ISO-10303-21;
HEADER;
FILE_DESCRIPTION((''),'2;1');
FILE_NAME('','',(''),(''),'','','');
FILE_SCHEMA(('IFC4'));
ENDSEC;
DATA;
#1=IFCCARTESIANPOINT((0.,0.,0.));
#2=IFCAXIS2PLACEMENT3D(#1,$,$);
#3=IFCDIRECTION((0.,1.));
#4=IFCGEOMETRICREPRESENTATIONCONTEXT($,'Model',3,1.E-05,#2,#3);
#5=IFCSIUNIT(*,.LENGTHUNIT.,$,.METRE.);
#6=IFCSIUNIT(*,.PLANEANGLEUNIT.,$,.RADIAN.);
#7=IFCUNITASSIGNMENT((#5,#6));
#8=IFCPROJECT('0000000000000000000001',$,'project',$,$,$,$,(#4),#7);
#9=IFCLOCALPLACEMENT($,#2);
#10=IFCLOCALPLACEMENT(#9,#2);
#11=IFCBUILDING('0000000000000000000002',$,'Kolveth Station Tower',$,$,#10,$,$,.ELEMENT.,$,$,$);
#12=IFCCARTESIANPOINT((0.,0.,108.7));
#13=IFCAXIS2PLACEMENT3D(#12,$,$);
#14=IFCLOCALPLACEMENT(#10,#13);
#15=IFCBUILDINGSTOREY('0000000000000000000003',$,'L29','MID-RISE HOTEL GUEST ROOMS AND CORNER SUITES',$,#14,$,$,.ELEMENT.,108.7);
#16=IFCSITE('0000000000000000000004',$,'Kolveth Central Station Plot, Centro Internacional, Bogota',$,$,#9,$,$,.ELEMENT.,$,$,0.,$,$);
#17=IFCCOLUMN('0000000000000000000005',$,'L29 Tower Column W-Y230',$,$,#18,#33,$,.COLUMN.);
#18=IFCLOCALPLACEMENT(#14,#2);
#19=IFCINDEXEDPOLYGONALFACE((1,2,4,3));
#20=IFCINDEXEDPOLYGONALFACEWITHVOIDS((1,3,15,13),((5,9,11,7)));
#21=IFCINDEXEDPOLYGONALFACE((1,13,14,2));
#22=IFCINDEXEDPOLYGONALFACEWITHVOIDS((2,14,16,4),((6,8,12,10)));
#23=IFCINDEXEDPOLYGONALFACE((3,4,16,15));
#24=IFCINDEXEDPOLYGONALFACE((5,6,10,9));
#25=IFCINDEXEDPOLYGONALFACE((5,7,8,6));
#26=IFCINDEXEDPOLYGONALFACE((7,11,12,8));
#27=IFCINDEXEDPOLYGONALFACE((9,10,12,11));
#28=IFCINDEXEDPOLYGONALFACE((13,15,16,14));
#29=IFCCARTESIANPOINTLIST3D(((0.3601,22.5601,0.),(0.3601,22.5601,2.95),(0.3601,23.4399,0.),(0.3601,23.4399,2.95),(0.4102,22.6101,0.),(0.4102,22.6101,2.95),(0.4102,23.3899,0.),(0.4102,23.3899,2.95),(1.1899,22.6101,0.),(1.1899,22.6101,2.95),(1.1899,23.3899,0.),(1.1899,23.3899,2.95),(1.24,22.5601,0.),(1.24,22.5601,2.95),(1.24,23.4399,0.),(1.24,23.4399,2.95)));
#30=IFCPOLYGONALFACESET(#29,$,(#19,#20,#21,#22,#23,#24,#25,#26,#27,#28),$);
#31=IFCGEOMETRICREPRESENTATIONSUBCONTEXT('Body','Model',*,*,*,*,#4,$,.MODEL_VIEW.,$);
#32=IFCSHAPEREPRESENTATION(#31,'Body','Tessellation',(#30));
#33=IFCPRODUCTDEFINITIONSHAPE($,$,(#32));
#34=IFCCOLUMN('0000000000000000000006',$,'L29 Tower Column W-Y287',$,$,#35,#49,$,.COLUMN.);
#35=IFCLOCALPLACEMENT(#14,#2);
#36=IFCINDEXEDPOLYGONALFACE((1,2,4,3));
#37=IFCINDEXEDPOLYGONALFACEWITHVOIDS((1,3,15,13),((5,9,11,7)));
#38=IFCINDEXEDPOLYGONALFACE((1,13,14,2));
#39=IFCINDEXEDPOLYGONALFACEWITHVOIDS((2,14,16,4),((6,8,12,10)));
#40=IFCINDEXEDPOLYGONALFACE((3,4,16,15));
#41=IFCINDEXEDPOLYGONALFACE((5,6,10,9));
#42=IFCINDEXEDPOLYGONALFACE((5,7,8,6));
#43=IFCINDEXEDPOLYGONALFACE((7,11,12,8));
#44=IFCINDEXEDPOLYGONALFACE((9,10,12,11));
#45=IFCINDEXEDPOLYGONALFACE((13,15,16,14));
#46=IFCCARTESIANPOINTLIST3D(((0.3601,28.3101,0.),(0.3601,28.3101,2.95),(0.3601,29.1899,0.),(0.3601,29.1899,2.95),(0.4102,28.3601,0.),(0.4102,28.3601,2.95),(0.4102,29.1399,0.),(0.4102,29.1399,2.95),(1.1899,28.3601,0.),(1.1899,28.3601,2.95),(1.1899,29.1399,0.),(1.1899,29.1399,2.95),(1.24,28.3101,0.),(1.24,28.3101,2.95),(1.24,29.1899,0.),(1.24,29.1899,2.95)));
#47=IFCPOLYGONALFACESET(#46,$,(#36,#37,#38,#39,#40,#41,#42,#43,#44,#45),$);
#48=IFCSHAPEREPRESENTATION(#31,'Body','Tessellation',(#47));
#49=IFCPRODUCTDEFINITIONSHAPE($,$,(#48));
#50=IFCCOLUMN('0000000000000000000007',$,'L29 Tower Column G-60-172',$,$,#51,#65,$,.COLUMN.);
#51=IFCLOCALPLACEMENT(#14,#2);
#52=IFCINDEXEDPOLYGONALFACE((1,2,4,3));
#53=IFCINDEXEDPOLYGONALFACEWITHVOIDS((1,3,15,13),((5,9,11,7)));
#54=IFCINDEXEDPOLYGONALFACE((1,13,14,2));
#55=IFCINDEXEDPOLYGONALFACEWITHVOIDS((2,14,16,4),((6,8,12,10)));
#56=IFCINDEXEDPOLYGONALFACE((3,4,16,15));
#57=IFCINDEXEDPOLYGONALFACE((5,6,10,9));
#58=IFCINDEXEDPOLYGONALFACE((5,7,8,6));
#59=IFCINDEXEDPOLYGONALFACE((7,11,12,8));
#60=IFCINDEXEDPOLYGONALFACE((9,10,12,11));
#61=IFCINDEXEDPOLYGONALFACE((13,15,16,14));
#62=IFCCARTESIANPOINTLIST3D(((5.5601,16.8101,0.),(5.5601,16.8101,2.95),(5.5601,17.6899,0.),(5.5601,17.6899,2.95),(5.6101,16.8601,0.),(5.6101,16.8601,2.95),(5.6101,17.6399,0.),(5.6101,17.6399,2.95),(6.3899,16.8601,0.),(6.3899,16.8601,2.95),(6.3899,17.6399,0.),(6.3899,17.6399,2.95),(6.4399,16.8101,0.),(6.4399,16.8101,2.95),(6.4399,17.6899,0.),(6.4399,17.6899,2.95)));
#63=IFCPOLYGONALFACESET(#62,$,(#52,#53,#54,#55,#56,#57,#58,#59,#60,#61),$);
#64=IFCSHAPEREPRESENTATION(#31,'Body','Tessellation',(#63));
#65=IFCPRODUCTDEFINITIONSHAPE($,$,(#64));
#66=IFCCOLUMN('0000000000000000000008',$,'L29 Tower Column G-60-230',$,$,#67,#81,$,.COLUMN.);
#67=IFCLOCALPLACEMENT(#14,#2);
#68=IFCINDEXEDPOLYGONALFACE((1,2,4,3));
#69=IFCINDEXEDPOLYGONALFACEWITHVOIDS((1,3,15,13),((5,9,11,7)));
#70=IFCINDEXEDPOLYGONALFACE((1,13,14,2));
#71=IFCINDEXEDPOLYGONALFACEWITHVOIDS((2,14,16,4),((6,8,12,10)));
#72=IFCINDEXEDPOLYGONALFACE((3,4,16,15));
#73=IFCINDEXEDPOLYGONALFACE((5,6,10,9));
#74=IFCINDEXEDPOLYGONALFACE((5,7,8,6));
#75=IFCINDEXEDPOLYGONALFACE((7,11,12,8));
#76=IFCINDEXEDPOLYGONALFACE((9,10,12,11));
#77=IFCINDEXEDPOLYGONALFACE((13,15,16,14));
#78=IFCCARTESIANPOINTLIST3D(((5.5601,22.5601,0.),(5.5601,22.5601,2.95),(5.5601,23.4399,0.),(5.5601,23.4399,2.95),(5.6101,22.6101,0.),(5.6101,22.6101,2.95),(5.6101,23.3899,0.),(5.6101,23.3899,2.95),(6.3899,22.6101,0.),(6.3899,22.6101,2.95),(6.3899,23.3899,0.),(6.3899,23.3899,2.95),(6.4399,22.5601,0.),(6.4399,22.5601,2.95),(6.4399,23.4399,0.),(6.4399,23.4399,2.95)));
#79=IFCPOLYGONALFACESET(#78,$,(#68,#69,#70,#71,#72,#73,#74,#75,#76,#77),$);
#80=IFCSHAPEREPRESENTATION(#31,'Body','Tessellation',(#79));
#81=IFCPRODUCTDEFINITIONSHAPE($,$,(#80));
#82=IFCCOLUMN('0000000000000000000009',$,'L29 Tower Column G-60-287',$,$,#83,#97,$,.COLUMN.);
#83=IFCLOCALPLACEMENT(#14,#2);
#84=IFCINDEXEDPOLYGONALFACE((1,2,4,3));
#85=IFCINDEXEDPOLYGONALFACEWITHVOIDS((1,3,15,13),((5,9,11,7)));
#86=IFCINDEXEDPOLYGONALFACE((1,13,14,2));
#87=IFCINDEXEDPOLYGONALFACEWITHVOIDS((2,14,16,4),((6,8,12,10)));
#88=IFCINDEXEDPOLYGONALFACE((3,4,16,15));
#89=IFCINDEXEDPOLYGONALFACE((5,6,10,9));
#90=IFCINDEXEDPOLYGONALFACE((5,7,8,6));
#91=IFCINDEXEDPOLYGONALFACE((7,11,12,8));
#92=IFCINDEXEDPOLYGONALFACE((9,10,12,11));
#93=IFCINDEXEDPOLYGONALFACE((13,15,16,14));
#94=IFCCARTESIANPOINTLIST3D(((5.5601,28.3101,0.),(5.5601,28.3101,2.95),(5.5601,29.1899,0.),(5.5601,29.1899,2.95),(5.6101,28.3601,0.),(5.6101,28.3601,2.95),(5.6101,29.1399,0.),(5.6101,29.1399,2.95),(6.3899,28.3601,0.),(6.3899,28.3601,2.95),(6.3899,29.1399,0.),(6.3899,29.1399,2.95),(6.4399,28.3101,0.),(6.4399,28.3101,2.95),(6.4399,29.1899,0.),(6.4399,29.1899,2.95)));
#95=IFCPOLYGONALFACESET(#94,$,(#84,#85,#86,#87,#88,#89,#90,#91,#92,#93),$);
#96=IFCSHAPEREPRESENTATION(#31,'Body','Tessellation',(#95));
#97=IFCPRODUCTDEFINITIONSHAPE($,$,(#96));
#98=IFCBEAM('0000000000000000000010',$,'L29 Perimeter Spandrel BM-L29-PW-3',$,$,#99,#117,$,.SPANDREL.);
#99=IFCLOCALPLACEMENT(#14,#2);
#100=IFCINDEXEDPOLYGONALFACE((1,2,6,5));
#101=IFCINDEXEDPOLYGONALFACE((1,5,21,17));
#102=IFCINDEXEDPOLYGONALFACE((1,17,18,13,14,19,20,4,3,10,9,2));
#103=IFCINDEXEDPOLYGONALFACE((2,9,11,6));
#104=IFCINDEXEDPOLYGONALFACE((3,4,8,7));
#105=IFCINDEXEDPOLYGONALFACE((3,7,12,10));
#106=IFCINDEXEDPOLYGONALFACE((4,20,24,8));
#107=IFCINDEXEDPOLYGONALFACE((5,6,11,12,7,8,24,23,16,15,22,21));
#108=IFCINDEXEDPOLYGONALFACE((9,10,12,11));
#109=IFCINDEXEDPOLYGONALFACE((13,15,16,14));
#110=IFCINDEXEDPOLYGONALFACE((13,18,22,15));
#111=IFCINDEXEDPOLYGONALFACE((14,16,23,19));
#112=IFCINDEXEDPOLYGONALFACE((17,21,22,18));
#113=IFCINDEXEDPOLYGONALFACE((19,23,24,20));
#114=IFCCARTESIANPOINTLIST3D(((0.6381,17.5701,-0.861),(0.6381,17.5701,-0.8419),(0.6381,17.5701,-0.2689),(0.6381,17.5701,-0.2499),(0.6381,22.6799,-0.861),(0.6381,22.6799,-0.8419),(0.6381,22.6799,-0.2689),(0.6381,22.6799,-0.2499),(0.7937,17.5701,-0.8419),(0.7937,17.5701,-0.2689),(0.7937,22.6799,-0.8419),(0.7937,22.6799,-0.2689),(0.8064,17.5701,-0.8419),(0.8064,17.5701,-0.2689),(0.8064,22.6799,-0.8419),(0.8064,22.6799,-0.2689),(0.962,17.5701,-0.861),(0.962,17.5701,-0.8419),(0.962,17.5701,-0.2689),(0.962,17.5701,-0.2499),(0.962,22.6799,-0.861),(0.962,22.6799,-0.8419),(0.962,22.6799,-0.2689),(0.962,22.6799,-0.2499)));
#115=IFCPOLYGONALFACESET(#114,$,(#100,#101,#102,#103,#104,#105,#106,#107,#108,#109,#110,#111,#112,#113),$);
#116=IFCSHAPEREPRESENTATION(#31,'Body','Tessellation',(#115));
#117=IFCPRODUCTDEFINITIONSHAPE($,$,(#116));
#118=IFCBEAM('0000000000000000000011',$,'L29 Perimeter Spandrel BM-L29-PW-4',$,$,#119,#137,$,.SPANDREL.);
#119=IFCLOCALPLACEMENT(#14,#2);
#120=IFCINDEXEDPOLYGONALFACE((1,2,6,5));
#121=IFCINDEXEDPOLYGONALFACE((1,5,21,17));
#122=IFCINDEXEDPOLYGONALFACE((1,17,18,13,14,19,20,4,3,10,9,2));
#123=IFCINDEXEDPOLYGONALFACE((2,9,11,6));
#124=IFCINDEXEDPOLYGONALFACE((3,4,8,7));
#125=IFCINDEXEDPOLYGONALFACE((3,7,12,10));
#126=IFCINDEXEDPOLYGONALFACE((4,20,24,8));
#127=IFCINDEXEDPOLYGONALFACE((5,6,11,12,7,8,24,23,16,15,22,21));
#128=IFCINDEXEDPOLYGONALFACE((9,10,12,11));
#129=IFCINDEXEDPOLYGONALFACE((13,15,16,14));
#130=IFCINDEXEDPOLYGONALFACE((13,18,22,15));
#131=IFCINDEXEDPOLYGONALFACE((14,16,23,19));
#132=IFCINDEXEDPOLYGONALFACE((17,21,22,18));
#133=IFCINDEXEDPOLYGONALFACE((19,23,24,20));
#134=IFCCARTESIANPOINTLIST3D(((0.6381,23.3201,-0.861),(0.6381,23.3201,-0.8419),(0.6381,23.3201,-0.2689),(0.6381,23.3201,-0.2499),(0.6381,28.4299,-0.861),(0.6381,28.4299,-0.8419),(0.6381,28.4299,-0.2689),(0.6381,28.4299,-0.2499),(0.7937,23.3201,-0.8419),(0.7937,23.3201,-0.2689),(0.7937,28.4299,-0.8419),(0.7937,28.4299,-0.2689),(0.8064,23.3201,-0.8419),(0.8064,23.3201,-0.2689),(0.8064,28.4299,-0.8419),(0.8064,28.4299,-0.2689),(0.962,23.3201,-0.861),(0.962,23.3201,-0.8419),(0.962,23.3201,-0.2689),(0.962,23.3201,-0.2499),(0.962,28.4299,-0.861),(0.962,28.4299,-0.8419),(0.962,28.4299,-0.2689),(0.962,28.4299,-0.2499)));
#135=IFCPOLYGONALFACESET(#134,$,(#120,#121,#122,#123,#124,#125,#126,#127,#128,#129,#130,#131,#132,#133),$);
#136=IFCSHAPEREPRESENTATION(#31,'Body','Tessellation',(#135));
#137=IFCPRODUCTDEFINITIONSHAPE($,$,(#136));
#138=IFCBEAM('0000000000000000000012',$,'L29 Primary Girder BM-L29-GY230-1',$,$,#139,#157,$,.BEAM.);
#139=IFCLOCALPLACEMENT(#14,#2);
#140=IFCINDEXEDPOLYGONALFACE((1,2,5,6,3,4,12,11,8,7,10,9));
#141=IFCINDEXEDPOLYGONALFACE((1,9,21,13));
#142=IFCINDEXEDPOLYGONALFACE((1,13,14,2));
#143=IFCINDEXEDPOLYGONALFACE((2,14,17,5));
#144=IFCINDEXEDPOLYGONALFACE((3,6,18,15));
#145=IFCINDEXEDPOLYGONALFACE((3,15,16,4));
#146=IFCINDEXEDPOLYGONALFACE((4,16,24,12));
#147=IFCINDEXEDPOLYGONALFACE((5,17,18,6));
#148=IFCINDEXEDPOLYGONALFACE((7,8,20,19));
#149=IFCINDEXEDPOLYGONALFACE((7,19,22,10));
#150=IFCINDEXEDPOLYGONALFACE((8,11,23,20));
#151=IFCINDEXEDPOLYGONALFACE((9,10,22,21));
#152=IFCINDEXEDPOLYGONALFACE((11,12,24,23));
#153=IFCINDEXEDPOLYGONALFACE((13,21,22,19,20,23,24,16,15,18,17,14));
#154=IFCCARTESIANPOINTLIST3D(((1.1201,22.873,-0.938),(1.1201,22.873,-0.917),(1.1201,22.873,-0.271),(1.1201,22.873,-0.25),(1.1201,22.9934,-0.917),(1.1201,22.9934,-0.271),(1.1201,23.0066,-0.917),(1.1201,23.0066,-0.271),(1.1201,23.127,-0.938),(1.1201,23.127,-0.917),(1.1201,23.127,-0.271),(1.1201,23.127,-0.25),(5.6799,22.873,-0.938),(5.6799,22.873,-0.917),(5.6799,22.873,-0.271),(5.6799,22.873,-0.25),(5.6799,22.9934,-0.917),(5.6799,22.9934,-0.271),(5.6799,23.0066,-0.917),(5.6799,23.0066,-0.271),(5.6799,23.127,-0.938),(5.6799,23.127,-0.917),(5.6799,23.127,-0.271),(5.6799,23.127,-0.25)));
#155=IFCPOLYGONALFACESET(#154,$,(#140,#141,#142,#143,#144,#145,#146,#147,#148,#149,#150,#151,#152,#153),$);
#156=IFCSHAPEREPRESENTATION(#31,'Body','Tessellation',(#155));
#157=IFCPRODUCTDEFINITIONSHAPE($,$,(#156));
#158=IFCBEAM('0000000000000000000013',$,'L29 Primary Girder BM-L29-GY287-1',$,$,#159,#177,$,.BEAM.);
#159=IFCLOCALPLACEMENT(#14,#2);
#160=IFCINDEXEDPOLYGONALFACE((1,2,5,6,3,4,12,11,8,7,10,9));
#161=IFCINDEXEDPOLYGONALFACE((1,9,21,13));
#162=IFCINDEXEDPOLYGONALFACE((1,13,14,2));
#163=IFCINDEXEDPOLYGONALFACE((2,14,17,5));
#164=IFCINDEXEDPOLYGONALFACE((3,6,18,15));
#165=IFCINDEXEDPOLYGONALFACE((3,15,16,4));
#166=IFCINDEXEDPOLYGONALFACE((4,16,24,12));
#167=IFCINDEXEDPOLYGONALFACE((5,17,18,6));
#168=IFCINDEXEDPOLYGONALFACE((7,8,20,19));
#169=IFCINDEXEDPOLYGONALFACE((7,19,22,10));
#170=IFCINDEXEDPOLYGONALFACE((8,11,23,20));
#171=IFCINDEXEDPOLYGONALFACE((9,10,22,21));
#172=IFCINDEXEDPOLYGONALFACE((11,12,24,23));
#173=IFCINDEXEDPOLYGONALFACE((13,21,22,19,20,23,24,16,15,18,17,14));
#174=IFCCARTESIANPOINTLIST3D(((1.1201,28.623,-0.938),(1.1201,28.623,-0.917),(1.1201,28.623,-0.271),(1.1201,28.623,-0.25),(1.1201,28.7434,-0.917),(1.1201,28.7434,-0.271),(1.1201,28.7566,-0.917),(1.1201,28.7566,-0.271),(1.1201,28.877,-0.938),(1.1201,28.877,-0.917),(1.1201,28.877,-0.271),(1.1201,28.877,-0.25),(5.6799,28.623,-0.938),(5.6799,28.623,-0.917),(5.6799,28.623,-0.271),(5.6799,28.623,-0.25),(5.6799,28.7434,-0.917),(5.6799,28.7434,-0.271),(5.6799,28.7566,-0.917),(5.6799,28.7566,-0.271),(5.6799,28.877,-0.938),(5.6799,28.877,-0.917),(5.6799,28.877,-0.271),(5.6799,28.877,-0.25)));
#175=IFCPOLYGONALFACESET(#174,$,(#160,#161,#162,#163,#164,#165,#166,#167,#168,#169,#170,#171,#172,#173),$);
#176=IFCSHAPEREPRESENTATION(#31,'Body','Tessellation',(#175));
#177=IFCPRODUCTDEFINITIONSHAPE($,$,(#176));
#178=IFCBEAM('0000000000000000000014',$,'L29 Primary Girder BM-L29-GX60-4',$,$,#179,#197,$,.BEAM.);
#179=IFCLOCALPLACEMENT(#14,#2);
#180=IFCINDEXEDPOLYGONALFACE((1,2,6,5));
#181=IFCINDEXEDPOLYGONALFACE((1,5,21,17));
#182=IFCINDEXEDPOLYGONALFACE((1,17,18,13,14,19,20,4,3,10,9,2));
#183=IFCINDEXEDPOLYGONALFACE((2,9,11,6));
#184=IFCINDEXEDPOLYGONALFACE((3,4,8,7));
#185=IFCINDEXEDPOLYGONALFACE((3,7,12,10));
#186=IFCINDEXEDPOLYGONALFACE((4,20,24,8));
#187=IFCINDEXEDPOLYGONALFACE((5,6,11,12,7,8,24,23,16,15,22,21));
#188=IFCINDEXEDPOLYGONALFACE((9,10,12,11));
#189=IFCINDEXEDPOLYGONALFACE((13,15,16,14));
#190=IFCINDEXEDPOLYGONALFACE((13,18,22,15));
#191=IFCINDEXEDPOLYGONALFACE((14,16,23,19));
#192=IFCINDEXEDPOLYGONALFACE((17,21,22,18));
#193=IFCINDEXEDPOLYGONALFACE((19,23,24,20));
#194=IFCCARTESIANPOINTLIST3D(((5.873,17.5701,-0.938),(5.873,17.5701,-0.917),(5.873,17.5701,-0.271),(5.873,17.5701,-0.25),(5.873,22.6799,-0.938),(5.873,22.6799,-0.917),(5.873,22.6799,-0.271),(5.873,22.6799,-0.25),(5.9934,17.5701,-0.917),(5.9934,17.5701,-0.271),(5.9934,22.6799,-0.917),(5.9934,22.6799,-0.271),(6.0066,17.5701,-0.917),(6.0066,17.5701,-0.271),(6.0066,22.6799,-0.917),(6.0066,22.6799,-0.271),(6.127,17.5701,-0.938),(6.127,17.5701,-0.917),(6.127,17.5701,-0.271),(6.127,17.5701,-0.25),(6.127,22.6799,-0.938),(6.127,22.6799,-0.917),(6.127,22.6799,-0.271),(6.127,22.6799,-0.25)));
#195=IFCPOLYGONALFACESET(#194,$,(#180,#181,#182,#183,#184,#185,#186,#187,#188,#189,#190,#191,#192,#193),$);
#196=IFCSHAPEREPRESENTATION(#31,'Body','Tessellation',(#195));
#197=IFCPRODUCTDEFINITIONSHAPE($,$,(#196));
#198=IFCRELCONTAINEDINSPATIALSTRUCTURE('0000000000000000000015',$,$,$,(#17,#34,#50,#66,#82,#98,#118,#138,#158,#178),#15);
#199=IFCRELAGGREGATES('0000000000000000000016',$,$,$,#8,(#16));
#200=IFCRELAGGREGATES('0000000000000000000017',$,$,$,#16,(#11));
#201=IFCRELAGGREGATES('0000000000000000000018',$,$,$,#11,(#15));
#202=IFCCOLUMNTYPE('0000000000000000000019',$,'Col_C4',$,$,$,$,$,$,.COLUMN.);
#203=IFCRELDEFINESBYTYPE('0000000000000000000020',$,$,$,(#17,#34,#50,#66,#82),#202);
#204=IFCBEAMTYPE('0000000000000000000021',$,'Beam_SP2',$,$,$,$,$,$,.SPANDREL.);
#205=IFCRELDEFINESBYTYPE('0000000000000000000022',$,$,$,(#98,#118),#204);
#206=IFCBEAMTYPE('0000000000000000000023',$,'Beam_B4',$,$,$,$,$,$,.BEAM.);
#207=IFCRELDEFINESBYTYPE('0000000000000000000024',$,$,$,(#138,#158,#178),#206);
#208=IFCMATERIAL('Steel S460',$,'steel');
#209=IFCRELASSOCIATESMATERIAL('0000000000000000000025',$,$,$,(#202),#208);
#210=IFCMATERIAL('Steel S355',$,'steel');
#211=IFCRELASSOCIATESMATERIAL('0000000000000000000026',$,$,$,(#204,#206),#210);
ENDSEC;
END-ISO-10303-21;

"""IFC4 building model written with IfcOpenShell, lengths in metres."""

from ifc_helpers import new_model, si_unit, direction, frame, origin, origin_2d, place, context, subcontext, project, spatial, hollow_rectangle, i_section, extrude, source, transform, mapped, material, material_profile, profile_set, type_object, element, save


model = new_model("IFC4")

# Units and contexts
model_context = context("Model", 3, precision=1e-05, world=origin(), true_north=direction((0.0, 1.0)))
body_context = subcontext(model_context, "Body", "Model", "MODEL_VIEW")
ifc_project = project(units=[si_unit("LENGTHUNIT", "METRE"), si_unit("PLANEANGLEUNIT", "RADIAN")], contexts=[model_context])

# Site, building, storey
site_placement = place(None, origin())
site = spatial("IfcSite", under=ifc_project, at=site_placement, Name="Kolveth Central Station Plot, Centro Internacional, Bogota", CompositionType="ELEMENT", RefElevation=0.0)
building_placement = place(site_placement, origin())
building = spatial("IfcBuilding", under=site, at=building_placement, Name="Kolveth Station Tower", CompositionType="ELEMENT")
storey_placement = place(building_placement, frame((0.0, 0.0, 108.7)))
storey = spatial("IfcBuildingStorey", under=building, at=storey_placement, Name="L29", Description="MID-RISE HOTEL GUEST ROOMS AND CORNER SUITES", CompositionType="ELEMENT", Elevation=108.7)

# Columns
ifc_material_1 = material(Name="Steel S460", Category="steel")
ifc_material_profile_1 = material_profile(ifc_material_1, hollow_rectangle(XDim=0.8799, YDim=0.8799, WallThickness=0.05, at=origin_2d()), Name="BOX880x880x50")
ifc_profile_set_1 = profile_set([ifc_material_profile_1], Name="Steel S460")
column_type = type_object("IfcColumnType", Name="Col_C4", PredefinedType="COLUMN", material=ifc_profile_set_1)
shared_shape_1 = source(origin(), body_context, "Body", "SweptSolid", [
    extrude(hollow_rectangle(XDim=0.8799, YDim=0.8799, WallThickness=0.05, at=origin_2d()), origin(), (0.0, 0.0, 1.0), 2.95),
])
for number, where, z_axis, x_axis, name in (
    (1, (0.8, 23.0, 0.0), (0.0, 0.0, 1.0), (1.0, 0.0, 0.0), "L29 Tower Column W-Y230"),
    (2, (0.8, 28.75, 0.0), (0.0, 0.0, 1.0), (1.0, 0.0, 0.0), "L29 Tower Column W-Y287"),
    (3, (6.0, 17.25, 0.0), (0.0, 0.0, 1.0), (1.0, 0.0, 0.0), "L29 Tower Column G-60-172"),
    (4, (6.0, 23.0, 0.0), (0.0, 0.0, 1.0), (1.0, 0.0, 0.0), "L29 Tower Column G-60-230"),
    (5, (6.0, 28.75, 0.0), (0.0, 0.0, 1.0), (1.0, 0.0, 0.0), "L29 Tower Column G-60-287"),
):
    element("IfcColumn", number, at=place(storey_placement, frame(where, z_axis=z_axis, x_axis=x_axis)), inside=storey, type_object=column_type, Name=name, PredefinedType="COLUMN", context=body_context, shape_type="MappedRepresentation", body=[
        mapped(shared_shape_1, transform((0.0, 0.0, 0.0), x_axis=(1.0, 0.0, 0.0), y_axis=(0.0, 1.0, 0.0), z_axis=(0.0, 0.0, 1.0), scale=1.0)),
    ])

# Beams
ifc_material_2 = material(Name="Steel S355", Category="steel")
ifc_material_profile_2 = material_profile(ifc_material_2, i_section(OverallWidth=0.324, OverallDepth=0.6111, WebThickness=0.0127, FlangeThickness=0.019, at=origin_2d()), Name="W610x155")
ifc_profile_set_2 = profile_set([ifc_material_profile_2], Name="Steel S355")
beam_type_1 = type_object("IfcBeamType", Name="Beam_SP2", PredefinedType="SPANDREL", material=ifc_profile_set_2)
shared_shape_2 = source(origin(), body_context, "Body", "SweptSolid", [
    extrude(i_section(OverallWidth=0.324, OverallDepth=0.6111, WebThickness=0.0127, FlangeThickness=0.019, at=origin_2d()), origin(), (0.0, 0.0, 1.0), 5.1099),
])
for number, where, z_axis, x_axis, name in (
    (6, (0.8, 17.5701, -0.5554), (0.0, 1.0, 0.0), (-1.0, 0.0, 0.0), "L29 Perimeter Spandrel BM-L29-PW-3"),
    (7, (0.8, 23.3201, -0.5554), (0.0, 1.0, 0.0), (-1.0, 0.0, 0.0), "L29 Perimeter Spandrel BM-L29-PW-4"),
):
    element("IfcBeam", number, at=place(storey_placement, frame(where, z_axis=z_axis, x_axis=x_axis)), inside=storey, type_object=beam_type_1, Name=name, PredefinedType="SPANDREL", context=body_context, shape_type="MappedRepresentation", body=[
        mapped(shared_shape_2, transform((0.0, 0.0, 0.0), x_axis=(1.0, 0.0, 0.0), y_axis=(0.0, 1.0, 0.0), z_axis=(0.0, 0.0, 1.0), scale=1.0)),
    ])
ifc_material_profile_3 = material_profile(ifc_material_2, i_section(OverallWidth=0.2539, OverallDepth=0.688, WebThickness=0.0132, FlangeThickness=0.021, at=origin_2d()), Name="W690x152")
ifc_profile_set_3 = profile_set([ifc_material_profile_3], Name="Steel S355")
beam_type_2 = type_object("IfcBeamType", Name="Beam_B4", PredefinedType="BEAM", material=ifc_profile_set_3)
shared_shape_3 = source(origin(), body_context, "Body", "SweptSolid", [
    extrude(i_section(OverallWidth=0.2539, OverallDepth=0.688, WebThickness=0.0132, FlangeThickness=0.021, at=origin_2d()), origin(), (0.0, 0.0, 1.0), 4.5598),
])
for number, where, z_axis, x_axis, name in (
    (8, (1.1201, 23.0, -0.594), (1.0, 0.0, 0.0), (0.0, 1.0, 0.0), "L29 Primary Girder BM-L29-GY230-1"),
    (9, (1.1201, 28.75, -0.594), (1.0, 0.0, 0.0), (0.0, 1.0, 0.0), "L29 Primary Girder BM-L29-GY287-1"),
):
    element("IfcBeam", number, at=place(storey_placement, frame(where, z_axis=z_axis, x_axis=x_axis)), inside=storey, type_object=beam_type_2, Name=name, PredefinedType="BEAM", context=body_context, shape_type="MappedRepresentation", body=[
        mapped(shared_shape_3, transform((0.0, 0.0, 0.0), x_axis=(1.0, 0.0, 0.0), y_axis=(0.0, 1.0, 0.0), z_axis=(0.0, 0.0, 1.0), scale=1.0)),
    ])
shared_shape_4 = source(origin(), body_context, "Body", "SweptSolid", [
    extrude(i_section(OverallWidth=0.2539, OverallDepth=0.688, WebThickness=0.0132, FlangeThickness=0.021, at=origin_2d()), origin(), (0.0, 0.0, 1.0), 5.1099),
])
for number, where, z_axis, x_axis, name in (
    (10, (6.0, 17.5701, -0.594), (0.0, 1.0, 0.0), (-1.0, 0.0, 0.0), "L29 Primary Girder BM-L29-GX60-4"),
):
    element("IfcBeam", number, at=place(storey_placement, frame(where, z_axis=z_axis, x_axis=x_axis)), inside=storey, type_object=beam_type_2, Name=name, PredefinedType="BEAM", context=body_context, shape_type="MappedRepresentation", body=[
        mapped(shared_shape_4, transform((0.0, 0.0, 0.0), x_axis=(1.0, 0.0, 0.0), y_axis=(0.0, 1.0, 0.0), z_axis=(0.0, 0.0, 1.0), scale=1.0)),
    ])

save(model, "model.ifc")
